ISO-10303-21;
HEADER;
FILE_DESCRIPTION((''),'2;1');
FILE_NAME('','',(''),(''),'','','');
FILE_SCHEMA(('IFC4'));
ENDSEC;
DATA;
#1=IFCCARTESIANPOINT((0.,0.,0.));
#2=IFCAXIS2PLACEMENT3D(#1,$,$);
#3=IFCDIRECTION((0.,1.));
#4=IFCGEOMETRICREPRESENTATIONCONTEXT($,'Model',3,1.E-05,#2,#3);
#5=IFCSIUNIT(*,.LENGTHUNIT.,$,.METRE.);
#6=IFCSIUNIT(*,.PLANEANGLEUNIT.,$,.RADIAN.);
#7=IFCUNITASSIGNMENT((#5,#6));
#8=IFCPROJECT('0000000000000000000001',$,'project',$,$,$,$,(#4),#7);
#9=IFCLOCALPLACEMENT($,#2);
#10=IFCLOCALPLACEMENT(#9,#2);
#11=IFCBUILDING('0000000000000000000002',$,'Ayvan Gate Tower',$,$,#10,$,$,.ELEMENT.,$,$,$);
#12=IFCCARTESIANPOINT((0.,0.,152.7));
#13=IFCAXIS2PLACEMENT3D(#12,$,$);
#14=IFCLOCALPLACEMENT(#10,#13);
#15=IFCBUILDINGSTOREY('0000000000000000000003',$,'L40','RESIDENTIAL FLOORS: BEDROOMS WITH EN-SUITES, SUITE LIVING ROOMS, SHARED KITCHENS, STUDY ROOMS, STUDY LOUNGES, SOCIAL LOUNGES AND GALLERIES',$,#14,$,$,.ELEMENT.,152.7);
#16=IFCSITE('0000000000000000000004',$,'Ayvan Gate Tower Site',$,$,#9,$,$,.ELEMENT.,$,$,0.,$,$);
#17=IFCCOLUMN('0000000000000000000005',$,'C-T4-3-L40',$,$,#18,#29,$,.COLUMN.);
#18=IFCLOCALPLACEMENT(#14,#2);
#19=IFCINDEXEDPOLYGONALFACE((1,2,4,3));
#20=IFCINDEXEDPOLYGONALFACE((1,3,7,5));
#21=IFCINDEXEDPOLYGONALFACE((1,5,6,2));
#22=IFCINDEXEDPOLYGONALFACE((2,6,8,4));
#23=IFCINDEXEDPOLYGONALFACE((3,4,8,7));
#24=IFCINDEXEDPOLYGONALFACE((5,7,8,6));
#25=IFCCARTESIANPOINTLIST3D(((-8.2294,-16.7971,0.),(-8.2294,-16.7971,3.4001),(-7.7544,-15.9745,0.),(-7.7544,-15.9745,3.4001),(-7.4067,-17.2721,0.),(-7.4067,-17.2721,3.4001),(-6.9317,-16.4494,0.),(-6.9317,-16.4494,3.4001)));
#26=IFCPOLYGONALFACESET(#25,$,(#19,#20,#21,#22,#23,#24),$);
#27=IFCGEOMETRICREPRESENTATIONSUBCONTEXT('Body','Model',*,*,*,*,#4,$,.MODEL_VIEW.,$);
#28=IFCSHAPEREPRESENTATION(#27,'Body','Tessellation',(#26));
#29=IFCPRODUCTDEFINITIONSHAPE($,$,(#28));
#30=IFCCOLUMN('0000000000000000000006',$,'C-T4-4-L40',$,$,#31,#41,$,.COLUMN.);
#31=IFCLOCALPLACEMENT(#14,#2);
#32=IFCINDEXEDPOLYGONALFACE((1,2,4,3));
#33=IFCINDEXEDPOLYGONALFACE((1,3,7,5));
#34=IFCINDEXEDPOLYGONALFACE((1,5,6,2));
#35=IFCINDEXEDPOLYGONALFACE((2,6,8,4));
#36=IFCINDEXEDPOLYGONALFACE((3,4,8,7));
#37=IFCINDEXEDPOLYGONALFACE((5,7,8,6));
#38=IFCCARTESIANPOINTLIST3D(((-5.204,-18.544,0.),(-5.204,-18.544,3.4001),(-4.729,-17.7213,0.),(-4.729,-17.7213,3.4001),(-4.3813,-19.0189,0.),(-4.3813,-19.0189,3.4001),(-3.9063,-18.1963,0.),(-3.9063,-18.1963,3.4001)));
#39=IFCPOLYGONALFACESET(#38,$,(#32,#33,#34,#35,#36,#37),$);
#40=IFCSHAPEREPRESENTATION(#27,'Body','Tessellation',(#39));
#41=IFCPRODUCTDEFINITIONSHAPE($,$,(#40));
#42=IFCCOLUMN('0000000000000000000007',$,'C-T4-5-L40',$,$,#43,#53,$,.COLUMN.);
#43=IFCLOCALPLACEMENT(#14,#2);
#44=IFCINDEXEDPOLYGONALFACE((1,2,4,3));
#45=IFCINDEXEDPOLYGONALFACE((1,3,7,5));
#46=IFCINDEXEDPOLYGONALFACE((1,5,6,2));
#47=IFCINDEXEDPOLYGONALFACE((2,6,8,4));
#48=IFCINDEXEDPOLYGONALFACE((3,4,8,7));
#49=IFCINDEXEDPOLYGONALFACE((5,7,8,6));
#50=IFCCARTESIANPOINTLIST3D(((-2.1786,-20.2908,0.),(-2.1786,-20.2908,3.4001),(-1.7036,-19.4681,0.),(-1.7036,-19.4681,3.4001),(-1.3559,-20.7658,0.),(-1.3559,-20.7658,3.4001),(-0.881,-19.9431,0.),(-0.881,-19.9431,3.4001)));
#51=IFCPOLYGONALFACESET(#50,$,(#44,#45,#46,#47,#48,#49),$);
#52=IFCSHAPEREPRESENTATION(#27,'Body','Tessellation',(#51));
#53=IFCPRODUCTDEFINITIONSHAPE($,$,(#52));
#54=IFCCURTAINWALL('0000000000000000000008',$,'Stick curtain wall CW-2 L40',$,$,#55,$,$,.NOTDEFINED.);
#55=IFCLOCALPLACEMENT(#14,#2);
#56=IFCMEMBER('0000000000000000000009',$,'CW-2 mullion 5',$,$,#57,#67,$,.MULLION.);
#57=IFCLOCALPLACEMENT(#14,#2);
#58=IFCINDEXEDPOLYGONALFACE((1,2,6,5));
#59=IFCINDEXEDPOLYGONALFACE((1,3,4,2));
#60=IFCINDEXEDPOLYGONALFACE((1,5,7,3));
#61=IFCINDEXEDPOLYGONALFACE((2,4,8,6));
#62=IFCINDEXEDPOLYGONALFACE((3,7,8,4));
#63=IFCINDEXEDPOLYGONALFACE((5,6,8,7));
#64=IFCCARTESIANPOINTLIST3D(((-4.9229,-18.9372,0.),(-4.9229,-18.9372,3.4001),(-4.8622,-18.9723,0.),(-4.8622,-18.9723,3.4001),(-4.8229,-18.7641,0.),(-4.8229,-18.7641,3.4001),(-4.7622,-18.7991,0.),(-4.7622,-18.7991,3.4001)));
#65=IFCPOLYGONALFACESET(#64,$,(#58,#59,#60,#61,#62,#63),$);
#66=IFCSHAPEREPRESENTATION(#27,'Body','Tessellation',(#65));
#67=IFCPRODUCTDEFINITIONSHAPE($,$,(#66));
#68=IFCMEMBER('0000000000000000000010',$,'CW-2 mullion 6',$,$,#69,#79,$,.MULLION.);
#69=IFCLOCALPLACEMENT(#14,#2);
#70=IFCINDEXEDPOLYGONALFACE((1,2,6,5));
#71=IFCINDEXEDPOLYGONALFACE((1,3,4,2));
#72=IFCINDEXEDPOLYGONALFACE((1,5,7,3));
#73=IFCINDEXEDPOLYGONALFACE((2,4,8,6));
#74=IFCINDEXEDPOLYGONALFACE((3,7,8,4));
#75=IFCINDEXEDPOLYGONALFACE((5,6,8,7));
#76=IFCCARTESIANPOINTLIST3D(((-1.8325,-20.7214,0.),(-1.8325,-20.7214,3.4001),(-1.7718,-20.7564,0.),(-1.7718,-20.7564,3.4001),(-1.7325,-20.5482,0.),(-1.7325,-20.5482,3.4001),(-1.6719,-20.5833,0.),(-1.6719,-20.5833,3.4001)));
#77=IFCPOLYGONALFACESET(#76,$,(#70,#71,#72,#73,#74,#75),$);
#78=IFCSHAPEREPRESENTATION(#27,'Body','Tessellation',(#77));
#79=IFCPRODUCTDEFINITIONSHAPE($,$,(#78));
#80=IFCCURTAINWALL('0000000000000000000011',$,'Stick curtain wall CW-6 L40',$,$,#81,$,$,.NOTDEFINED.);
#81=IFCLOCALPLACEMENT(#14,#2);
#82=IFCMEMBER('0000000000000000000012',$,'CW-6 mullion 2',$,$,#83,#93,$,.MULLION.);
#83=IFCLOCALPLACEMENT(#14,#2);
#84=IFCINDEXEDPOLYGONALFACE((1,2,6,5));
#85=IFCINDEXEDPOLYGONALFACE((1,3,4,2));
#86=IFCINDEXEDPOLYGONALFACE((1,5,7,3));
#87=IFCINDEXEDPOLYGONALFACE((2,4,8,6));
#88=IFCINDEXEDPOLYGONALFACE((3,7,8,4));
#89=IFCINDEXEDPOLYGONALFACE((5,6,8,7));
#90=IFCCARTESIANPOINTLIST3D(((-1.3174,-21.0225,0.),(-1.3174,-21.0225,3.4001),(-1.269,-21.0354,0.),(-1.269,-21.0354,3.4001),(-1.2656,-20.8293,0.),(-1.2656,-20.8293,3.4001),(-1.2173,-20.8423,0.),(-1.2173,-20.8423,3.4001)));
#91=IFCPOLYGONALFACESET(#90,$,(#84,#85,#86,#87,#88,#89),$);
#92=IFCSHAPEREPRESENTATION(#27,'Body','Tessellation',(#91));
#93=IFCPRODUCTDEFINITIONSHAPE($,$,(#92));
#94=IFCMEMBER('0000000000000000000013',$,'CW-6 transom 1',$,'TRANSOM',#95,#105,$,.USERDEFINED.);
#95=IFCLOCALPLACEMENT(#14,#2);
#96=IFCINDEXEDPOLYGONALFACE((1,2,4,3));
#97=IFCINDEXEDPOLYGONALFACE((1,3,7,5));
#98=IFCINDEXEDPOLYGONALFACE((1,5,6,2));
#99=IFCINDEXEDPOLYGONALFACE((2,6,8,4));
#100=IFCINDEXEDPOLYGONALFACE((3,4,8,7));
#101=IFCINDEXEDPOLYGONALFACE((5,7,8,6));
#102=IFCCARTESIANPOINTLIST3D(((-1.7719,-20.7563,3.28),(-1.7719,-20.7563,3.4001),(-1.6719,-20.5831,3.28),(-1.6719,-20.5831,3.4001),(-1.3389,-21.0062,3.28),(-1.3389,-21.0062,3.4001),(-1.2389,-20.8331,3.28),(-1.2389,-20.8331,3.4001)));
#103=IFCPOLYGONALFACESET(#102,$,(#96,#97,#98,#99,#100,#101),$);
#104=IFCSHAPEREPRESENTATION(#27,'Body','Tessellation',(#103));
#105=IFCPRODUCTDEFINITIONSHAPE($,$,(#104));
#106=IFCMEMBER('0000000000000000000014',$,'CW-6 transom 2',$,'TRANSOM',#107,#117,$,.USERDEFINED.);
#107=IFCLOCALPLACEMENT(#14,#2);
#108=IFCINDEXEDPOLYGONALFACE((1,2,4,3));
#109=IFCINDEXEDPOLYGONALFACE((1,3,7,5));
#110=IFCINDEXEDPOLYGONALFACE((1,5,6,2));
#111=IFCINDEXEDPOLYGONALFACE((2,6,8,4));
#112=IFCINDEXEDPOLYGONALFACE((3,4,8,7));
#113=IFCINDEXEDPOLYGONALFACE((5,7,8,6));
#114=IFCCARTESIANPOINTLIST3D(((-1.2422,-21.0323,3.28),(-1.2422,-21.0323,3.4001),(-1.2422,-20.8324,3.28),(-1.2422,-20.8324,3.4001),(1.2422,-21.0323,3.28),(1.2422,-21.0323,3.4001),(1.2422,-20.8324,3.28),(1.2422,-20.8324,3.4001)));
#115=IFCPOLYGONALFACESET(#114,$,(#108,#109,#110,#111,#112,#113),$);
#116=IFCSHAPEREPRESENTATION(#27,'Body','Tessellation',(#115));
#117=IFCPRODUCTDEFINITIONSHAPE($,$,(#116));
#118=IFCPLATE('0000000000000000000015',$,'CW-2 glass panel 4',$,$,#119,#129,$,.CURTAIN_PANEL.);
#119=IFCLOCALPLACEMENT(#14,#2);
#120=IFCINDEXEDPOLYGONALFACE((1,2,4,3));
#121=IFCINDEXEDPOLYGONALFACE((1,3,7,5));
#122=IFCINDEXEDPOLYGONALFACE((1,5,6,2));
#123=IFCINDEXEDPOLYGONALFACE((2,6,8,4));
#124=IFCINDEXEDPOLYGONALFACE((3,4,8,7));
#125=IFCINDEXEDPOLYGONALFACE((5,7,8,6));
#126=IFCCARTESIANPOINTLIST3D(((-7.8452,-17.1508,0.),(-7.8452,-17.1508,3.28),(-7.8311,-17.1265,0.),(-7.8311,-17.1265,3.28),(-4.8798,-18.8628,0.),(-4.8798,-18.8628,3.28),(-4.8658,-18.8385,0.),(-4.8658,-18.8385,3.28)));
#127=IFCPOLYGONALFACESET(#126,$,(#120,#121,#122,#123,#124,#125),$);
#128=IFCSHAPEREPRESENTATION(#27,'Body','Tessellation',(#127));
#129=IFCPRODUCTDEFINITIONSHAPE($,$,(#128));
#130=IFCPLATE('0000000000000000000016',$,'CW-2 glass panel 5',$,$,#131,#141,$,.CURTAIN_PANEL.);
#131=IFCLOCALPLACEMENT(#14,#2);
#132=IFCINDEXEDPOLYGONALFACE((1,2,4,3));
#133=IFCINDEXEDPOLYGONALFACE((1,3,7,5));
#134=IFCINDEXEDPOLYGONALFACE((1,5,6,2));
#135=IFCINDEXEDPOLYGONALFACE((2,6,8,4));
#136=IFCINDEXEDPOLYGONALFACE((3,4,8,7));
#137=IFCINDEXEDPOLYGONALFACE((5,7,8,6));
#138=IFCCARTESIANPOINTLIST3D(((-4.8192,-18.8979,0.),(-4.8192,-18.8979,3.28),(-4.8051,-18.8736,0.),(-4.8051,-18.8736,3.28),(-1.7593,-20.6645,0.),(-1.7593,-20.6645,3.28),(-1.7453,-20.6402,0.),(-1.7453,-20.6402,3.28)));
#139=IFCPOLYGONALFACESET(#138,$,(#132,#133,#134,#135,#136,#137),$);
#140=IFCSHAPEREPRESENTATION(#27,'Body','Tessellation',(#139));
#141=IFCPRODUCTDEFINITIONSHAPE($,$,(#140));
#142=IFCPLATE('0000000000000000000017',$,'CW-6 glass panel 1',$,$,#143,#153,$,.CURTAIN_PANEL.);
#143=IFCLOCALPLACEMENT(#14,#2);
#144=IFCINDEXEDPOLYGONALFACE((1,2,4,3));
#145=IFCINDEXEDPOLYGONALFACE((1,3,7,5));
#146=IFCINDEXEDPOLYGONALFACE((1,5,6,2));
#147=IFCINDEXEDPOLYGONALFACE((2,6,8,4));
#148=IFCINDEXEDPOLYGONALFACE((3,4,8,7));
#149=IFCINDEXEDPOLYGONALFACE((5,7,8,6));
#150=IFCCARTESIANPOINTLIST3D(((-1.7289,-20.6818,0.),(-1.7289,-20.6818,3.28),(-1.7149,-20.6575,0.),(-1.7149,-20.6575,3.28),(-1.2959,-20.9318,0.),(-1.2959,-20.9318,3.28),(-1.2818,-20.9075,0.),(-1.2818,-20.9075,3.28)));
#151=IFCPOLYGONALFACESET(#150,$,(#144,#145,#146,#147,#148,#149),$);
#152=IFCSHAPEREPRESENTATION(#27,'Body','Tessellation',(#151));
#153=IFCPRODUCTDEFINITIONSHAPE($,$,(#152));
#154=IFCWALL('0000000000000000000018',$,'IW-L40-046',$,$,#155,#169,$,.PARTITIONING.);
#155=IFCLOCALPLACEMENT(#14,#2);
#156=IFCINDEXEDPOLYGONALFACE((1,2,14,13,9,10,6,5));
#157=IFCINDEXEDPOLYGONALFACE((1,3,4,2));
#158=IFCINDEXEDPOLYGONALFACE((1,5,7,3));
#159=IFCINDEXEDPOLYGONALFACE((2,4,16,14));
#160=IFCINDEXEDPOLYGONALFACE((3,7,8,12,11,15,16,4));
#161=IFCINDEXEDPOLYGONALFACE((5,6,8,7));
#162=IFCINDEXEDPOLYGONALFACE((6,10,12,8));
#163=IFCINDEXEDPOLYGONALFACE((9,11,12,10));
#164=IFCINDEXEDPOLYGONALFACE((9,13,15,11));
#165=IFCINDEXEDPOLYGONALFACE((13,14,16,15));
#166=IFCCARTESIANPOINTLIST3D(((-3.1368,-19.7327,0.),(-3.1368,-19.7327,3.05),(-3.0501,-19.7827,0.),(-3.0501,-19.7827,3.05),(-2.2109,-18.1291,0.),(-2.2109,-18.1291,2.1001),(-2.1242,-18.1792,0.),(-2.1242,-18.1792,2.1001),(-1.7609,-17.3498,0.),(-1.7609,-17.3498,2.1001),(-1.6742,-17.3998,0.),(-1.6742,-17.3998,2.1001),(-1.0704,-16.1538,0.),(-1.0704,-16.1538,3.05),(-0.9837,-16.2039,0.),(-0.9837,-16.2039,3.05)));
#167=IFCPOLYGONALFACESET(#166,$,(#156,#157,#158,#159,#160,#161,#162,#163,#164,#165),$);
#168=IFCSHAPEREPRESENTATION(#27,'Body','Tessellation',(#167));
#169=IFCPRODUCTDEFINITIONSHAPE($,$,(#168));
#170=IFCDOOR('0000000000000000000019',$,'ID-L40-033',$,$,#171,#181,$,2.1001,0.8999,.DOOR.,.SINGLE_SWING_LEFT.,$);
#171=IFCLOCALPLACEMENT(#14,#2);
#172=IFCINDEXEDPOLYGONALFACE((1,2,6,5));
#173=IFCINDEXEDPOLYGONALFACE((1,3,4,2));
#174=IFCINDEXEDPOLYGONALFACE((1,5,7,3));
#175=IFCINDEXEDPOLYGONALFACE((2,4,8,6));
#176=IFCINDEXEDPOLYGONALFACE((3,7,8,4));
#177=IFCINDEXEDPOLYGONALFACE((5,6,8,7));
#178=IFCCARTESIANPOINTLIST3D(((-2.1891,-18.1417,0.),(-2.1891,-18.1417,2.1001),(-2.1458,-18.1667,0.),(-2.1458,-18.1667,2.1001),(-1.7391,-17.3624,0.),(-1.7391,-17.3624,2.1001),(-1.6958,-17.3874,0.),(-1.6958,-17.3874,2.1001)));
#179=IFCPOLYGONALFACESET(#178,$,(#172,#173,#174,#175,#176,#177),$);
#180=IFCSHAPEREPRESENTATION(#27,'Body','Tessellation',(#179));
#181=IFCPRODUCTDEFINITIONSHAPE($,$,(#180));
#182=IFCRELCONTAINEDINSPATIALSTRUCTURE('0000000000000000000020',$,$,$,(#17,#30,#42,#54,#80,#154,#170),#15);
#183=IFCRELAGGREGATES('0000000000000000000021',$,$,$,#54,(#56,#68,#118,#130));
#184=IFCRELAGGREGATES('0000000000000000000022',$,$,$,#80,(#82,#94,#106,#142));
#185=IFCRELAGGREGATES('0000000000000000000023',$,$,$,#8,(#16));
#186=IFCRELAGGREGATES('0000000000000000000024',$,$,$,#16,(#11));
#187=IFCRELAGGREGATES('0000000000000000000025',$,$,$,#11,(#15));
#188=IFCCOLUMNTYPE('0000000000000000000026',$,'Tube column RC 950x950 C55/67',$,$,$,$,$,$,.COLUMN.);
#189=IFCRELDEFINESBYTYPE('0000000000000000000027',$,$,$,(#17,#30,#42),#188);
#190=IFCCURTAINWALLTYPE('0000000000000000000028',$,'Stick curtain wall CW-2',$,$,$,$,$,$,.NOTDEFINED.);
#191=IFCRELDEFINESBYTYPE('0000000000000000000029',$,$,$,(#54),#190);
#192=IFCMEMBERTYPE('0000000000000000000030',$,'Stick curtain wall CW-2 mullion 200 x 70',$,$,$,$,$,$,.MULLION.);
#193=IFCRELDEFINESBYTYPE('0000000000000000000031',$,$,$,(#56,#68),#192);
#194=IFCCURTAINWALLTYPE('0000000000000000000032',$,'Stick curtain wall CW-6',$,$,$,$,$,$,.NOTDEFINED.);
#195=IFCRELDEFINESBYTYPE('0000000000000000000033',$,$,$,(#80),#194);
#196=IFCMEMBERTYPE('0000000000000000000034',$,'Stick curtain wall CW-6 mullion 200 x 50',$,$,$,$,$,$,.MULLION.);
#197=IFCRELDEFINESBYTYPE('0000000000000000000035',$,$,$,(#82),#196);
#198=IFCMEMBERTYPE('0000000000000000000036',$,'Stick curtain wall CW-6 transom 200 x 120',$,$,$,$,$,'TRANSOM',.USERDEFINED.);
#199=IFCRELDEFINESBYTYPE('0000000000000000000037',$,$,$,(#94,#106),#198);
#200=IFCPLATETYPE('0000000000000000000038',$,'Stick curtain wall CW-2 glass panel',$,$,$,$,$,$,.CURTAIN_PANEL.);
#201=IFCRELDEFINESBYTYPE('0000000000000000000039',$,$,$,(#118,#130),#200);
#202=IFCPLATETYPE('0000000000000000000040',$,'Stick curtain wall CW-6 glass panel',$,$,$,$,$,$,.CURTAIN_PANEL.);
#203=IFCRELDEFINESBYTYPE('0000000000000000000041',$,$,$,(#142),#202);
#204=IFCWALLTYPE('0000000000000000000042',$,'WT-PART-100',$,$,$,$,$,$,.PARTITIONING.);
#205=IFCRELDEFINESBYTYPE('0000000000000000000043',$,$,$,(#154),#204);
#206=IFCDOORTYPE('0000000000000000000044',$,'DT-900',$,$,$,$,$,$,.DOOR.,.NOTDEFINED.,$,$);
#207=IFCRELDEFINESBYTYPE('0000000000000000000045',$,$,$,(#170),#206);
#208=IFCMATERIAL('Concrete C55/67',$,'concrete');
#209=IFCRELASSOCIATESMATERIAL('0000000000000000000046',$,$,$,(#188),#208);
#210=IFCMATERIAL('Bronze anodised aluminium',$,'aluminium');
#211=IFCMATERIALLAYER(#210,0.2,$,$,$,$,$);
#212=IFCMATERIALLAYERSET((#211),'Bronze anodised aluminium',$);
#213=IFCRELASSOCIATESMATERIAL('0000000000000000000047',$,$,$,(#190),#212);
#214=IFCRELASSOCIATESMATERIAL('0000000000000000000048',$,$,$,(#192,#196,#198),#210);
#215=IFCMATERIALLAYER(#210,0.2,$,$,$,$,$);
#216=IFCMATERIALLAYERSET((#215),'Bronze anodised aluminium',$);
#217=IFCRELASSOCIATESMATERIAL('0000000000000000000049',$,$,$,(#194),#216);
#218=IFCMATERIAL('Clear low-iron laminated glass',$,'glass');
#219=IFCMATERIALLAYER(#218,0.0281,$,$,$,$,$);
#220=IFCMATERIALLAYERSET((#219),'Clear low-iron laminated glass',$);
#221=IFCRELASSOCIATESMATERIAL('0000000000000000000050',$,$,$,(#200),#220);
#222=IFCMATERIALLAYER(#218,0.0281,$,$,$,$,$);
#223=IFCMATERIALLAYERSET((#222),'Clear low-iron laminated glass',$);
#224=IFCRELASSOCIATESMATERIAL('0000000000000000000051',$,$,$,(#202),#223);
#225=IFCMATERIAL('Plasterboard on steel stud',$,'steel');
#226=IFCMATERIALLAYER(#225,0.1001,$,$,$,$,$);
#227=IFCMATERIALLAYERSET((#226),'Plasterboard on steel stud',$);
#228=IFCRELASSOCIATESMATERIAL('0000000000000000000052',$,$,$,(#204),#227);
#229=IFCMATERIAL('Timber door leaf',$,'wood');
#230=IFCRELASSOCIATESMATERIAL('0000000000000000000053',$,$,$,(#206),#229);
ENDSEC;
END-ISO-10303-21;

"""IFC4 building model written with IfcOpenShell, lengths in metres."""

from ifc_helpers import new_model, si_unit, direction, frame, frame_2d, origin, origin_2d, place, context, subcontext, project, spatial, rectangle, extrude, material, layer, layer_set, material_profile, profile_set, type_object, element, fill, aggregate, save


model = new_model("IFC4")

# Units and contexts
model_context = context("Model", 3, precision=1e-05, world=origin(), true_north=direction((0.0, 1.0)))
body_context = subcontext(model_context, "Body", "Model", "MODEL_VIEW")
ifc_project = project(units=[si_unit("LENGTHUNIT", "METRE"), si_unit("PLANEANGLEUNIT", "RADIAN")], contexts=[model_context])

# Site, building, storey
site_placement = place(None, origin())
site = spatial("IfcSite", under=ifc_project, at=site_placement, Name="Ayvan Gate Tower Site", CompositionType="ELEMENT", RefElevation=0.0)
building_placement = place(site_placement, origin())
building = spatial("IfcBuilding", under=site, at=building_placement, Name="Ayvan Gate Tower", CompositionType="ELEMENT")
storey_placement = place(building_placement, frame((0.0, 0.0, 152.7)))
storey = spatial("IfcBuildingStorey", under=building, at=storey_placement, Name="L40", Description="RESIDENTIAL FLOORS: BEDROOMS WITH EN-SUITES, SUITE LIVING ROOMS, SHARED KITCHENS, STUDY ROOMS, STUDY LOUNGES, SOCIAL LOUNGES AND GALLERIES", CompositionType="ELEMENT", Elevation=152.7)

# Columns
ifc_material_1 = material(Name="Concrete C55/67", Category="concrete")
ifc_material_profile_1 = material_profile(ifc_material_1, rectangle(XDim=0.95, YDim=0.95, at=origin_2d()), Name="RC 950x950")
ifc_profile_set_1 = profile_set([ifc_material_profile_1], Name="Concrete C55/67")
column_type = type_object("IfcColumnType", Name="Tube column RC 950x950 C55/67", PredefinedType="COLUMN", material=ifc_profile_set_1)
for number, where, z_axis, x_axis, name in (
    (1, (-7.5806, -16.6233, 0.0), (0.0, 0.0, 1.0), (-0.5, -0.866025, 0.0), "C-T4-3-L40"),
    (2, (-4.5552, -18.3701, 0.0), (0.0, 0.0, 1.0), (-0.5, -0.866025, 0.0), "C-T4-4-L40"),
    (3, (-1.5298, -20.1169, 0.0), (0.0, 0.0, 1.0), (-0.5, -0.866025, 0.0), "C-T4-5-L40"),
):
    element("IfcColumn", number, at=place(storey_placement, frame(where, z_axis=z_axis, x_axis=x_axis)), inside=storey, type_object=column_type, Name=name, PredefinedType="COLUMN", context=body_context, shape_type="SweptSolid", body=[
        extrude(rectangle(XDim=0.95, YDim=0.95, at=origin_2d()), origin(), (0.0, 0.0, 1.0), 3.4001),
    ])

# Curtain walls, members
ifc_material_2 = material(Name="Bronze anodised aluminium", Category="aluminium")
ifc_layer_1 = layer(ifc_material_2, 0.2)
ifc_layer_set_1 = layer_set([ifc_layer_1], Name="Bronze anodised aluminium")
curtain_wall_type_1 = type_object("IfcCurtainWallType", Name="Stick curtain wall CW-2", PredefinedType="NOTDEFINED", material=ifc_layer_set_1)
curtain_wall_1_placement = place(storey_placement, origin())
curtain_wall_1 = element("IfcCurtainWall", 4, at=curtain_wall_1_placement, inside=storey, type_object=curtain_wall_type_1, Name="Stick curtain wall CW-2 L40", PredefinedType="NOTDEFINED")
ifc_material_profile_2 = material_profile(ifc_material_2, rectangle(XDim=0.2, YDim=0.0701, at=origin_2d()), Name="Stick curtain wall CW-2 mullion 200 x 70")
ifc_profile_set_2 = profile_set([ifc_material_profile_2], Name="Bronze anodised aluminium")
member_type_1 = type_object("IfcMemberType", Name="Stick curtain wall CW-2 mullion 200 x 70", PredefinedType="MULLION", material=ifc_profile_set_2)
member_1_placement = place(storey_placement, frame((-4.8425, -18.8682, 0.0), z_axis=(0.0, 0.0, 1.0), x_axis=(-0.5, -0.866025, 0.0)))
member_1 = element("IfcMember", 5, at=member_1_placement, type_object=member_type_1, Name="CW-2 mullion 5", PredefinedType="MULLION", context=body_context, shape_type="SweptSolid", body=[
    extrude(rectangle(XDim=0.2, YDim=0.0701, at=origin_2d()), origin(), (0.0, 0.0, 1.0), 3.4001),
])
member_2_placement = place(storey_placement, frame((-1.7522, -20.6523, 0.0), z_axis=(0.0, 0.0, 1.0), x_axis=(-0.5, -0.866025, 0.0)))
member_2 = element("IfcMember", 6, at=member_2_placement, type_object=member_type_1, Name="CW-2 mullion 6", PredefinedType="MULLION", context=body_context, shape_type="SweptSolid", body=[
    extrude(rectangle(XDim=0.2, YDim=0.0701, at=origin_2d()), origin(), (0.0, 0.0, 1.0), 3.4001),
])
ifc_layer_2 = layer(ifc_material_2, 0.2)
ifc_layer_set_2 = layer_set([ifc_layer_2], Name="Bronze anodised aluminium")
curtain_wall_type_2 = type_object("IfcCurtainWallType", Name="Stick curtain wall CW-6", PredefinedType="NOTDEFINED", material=ifc_layer_set_2)
curtain_wall_2_placement = place(storey_placement, origin())
curtain_wall_2 = element("IfcCurtainWall", 7, at=curtain_wall_2_placement, inside=storey, type_object=curtain_wall_type_2, Name="Stick curtain wall CW-6 L40", PredefinedType="NOTDEFINED")
ifc_material_profile_3 = material_profile(ifc_material_2, rectangle(XDim=0.2, YDim=0.05, at=origin_2d()), Name="Stick curtain wall CW-6 mullion 200 x 50")
ifc_profile_set_3 = profile_set([ifc_material_profile_3], Name="Bronze anodised aluminium")
member_type_2 = type_object("IfcMemberType", Name="Stick curtain wall CW-6 mullion 200 x 50", PredefinedType="MULLION", material=ifc_profile_set_3)
member_3_placement = place(storey_placement, frame((-1.2673, -20.9324, 0.0), z_axis=(0.0, 0.0, 1.0), x_axis=(-0.258819, -0.965926, 0.0)))
member_3 = element("IfcMember", 8, at=member_3_placement, type_object=member_type_2, Name="CW-6 mullion 2", PredefinedType="MULLION", context=body_context, shape_type="SweptSolid", body=[
    extrude(rectangle(XDim=0.2, YDim=0.05, at=origin_2d()), origin(), (0.0, 0.0, 1.0), 3.4001),
])
ifc_material_profile_4 = material_profile(ifc_material_2, rectangle(XDim=0.2, YDim=0.1201, at=origin_2d()), Name="Stick curtain wall CW-6 transom 200 x 120")
ifc_profile_set_4 = profile_set([ifc_material_profile_4], Name="Bronze anodised aluminium")
member_type_3 = type_object("IfcMemberType", Name="Stick curtain wall CW-6 transom 200 x 120", ElementType="TRANSOM", PredefinedType="USERDEFINED", material=ifc_profile_set_4)
member_4_placement = place(storey_placement, frame((-1.7219, -20.6697, 3.3401), z_axis=(0.866072, -0.49992, 0.0), x_axis=(0.49992, 0.866072, 0.0)))
member_4 = element("IfcMember", 9, at=member_4_placement, type_object=member_type_3, Name="CW-6 transom 1", ObjectType="TRANSOM", PredefinedType="USERDEFINED", context=body_context, shape_type="SweptSolid", body=[
    extrude(rectangle(XDim=0.2, YDim=0.1201, at=origin_2d()), origin(), (0.0, 0.0, 1.0), 0.5),
])
member_5_placement = place(storey_placement, frame((-1.2422, -20.9324, 3.3401), z_axis=(1.0, 0.0, 0.0), x_axis=(0.0, 1.0, 0.0)))
member_5 = element("IfcMember", 10, at=member_5_placement, type_object=member_type_3, Name="CW-6 transom 2", ObjectType="TRANSOM", PredefinedType="USERDEFINED", context=body_context, shape_type="SweptSolid", body=[
    extrude(rectangle(XDim=0.2, YDim=0.1201, at=origin_2d()), origin(), (0.0, 0.0, 1.0), 2.4844),
])

# Plates
ifc_material_3 = material(Name="Clear low-iron laminated glass", Category="glass")
ifc_layer_3 = layer(ifc_material_3, 0.0281)
ifc_layer_set_3 = layer_set([ifc_layer_3], Name="Clear low-iron laminated glass")
plate_type_1 = type_object("IfcPlateType", Name="Stick curtain wall CW-2 glass panel", PredefinedType="CURTAIN_PANEL", material=ifc_layer_set_3)
plate_1_placement = place(storey_placement, frame((-6.3555, -17.9946, 0.0), z_axis=(0.0, 0.0, 1.0), x_axis=(0.866025, -0.5, 0.0)))
plate_1 = element("IfcPlate", 11, at=plate_1_placement, type_object=plate_type_1, Name="CW-2 glass panel 4", PredefinedType="CURTAIN_PANEL", context=body_context, shape_type="SweptSolid", body=[
    extrude(rectangle(XDim=3.4241, YDim=0.0281, at=origin_2d()), origin(), (0.0, 0.0, 1.0), 3.28),
])
plate_2_placement = place(storey_placement, frame((-3.2822, -19.769, 0.0), z_axis=(0.0, 0.0, 1.0), x_axis=(0.866025, -0.5, 0.0)))
plate_2 = element("IfcPlate", 12, at=plate_2_placement, type_object=plate_type_1, Name="CW-2 glass panel 5", PredefinedType="CURTAIN_PANEL", context=body_context, shape_type="SweptSolid", body=[
    extrude(rectangle(XDim=3.5332, YDim=0.0281, at=origin_2d()), origin(), (0.0, 0.0, 1.0), 3.28),
])
aggregate(curtain_wall_1, [member_1, member_2, plate_1, plate_2])
ifc_layer_4 = layer(ifc_material_3, 0.0281)
ifc_layer_set_4 = layer_set([ifc_layer_4], Name="Clear low-iron laminated glass")
plate_type_2 = type_object("IfcPlateType", Name="Stick curtain wall CW-6 glass panel", PredefinedType="CURTAIN_PANEL", material=ifc_layer_set_4)
plate_3_placement = place(storey_placement, frame((-1.5054, -20.7947, 0.0), z_axis=(0.0, 0.0, 1.0), x_axis=(0.866025, -0.5, 0.0)))
plate_3 = element("IfcPlate", 13, at=plate_3_placement, type_object=plate_type_2, Name="CW-6 glass panel 1", PredefinedType="CURTAIN_PANEL", context=body_context, shape_type="SweptSolid", body=[
    extrude(rectangle(XDim=0.5, YDim=0.0281, at=origin_2d()), origin(), (0.0, 0.0, 1.0), 3.28),
])
aggregate(curtain_wall_2, [member_3, member_4, member_5, plate_3])

# Wall, opening, door
ifc_material_4 = material(Name="Plasterboard on steel stud", Category="steel")
ifc_layer_5 = layer(ifc_material_4, 0.1001)
ifc_layer_set_5 = layer_set([ifc_layer_5], Name="Plasterboard on steel stud")
wall_type_1 = type_object("IfcWallType", Name="WT-PART-100", PredefinedType="PARTITIONING", material=ifc_layer_set_5)
wall_1_placement = place(storey_placement, frame((-3.0935, -19.7578, 0.0), z_axis=(0.0, 0.0, 1.0), x_axis=(0.500028, 0.866009, 0.0)))
wall_1 = element("IfcWall", 14, at=wall_1_placement, inside=storey, type_object=wall_type_1, Name="IW-L40-046", PredefinedType="PARTITIONING", context=body_context, shape_type="SweptSolid", body=[
    extrude(rectangle(XDim=4.1326, YDim=0.1001, at=frame_2d((2.0664, 0.0))), origin(), (0.0, 0.0, 1.0), 3.05),
])
opening_placement = place(wall_1_placement, frame((1.8518, 0.0, 0.0)))
opening = element("IfcOpeningElement", 15, at=opening_placement, cuts=wall_1, PredefinedType="OPENING", context=body_context, shape_type="SweptSolid", body=[
    extrude(rectangle(XDim=0.8999, YDim=2.1001, at=frame_2d((0.45, 1.05))), frame((0.0, 0.0601, 0.0), z_axis=(0.0, -1.0, 0.0), x_axis=(1.0, 0.0, 0.0)), (0.0, 0.0, 1.0), 0.1201),
])
ifc_material_5 = material(Name="Timber door leaf", Category="wood")
door_type = type_object("IfcDoorType", Name="DT-900", OperationType="NOTDEFINED", PredefinedType="DOOR", material=ifc_material_5)
door_placement = place(opening_placement, origin())
door = element("IfcDoor", 16, at=door_placement, inside=storey, type_object=door_type, Name="ID-L40-033", OperationType="SINGLE_SWING_LEFT", OverallHeight=2.1001, OverallWidth=0.8999, PredefinedType="DOOR", context=body_context, shape_type="SweptSolid", body=[
    extrude(rectangle(XDim=0.8999, YDim=2.1001, at=frame_2d((0.45, 1.05))), frame((0.0, 0.0249, 0.0), z_axis=(0.0, -1.0, 0.0), x_axis=(1.0, 0.0, 0.0)), (0.0, 0.0, 1.0), 0.05),
])
fill(opening, door)

save(model, "model.ifc")
